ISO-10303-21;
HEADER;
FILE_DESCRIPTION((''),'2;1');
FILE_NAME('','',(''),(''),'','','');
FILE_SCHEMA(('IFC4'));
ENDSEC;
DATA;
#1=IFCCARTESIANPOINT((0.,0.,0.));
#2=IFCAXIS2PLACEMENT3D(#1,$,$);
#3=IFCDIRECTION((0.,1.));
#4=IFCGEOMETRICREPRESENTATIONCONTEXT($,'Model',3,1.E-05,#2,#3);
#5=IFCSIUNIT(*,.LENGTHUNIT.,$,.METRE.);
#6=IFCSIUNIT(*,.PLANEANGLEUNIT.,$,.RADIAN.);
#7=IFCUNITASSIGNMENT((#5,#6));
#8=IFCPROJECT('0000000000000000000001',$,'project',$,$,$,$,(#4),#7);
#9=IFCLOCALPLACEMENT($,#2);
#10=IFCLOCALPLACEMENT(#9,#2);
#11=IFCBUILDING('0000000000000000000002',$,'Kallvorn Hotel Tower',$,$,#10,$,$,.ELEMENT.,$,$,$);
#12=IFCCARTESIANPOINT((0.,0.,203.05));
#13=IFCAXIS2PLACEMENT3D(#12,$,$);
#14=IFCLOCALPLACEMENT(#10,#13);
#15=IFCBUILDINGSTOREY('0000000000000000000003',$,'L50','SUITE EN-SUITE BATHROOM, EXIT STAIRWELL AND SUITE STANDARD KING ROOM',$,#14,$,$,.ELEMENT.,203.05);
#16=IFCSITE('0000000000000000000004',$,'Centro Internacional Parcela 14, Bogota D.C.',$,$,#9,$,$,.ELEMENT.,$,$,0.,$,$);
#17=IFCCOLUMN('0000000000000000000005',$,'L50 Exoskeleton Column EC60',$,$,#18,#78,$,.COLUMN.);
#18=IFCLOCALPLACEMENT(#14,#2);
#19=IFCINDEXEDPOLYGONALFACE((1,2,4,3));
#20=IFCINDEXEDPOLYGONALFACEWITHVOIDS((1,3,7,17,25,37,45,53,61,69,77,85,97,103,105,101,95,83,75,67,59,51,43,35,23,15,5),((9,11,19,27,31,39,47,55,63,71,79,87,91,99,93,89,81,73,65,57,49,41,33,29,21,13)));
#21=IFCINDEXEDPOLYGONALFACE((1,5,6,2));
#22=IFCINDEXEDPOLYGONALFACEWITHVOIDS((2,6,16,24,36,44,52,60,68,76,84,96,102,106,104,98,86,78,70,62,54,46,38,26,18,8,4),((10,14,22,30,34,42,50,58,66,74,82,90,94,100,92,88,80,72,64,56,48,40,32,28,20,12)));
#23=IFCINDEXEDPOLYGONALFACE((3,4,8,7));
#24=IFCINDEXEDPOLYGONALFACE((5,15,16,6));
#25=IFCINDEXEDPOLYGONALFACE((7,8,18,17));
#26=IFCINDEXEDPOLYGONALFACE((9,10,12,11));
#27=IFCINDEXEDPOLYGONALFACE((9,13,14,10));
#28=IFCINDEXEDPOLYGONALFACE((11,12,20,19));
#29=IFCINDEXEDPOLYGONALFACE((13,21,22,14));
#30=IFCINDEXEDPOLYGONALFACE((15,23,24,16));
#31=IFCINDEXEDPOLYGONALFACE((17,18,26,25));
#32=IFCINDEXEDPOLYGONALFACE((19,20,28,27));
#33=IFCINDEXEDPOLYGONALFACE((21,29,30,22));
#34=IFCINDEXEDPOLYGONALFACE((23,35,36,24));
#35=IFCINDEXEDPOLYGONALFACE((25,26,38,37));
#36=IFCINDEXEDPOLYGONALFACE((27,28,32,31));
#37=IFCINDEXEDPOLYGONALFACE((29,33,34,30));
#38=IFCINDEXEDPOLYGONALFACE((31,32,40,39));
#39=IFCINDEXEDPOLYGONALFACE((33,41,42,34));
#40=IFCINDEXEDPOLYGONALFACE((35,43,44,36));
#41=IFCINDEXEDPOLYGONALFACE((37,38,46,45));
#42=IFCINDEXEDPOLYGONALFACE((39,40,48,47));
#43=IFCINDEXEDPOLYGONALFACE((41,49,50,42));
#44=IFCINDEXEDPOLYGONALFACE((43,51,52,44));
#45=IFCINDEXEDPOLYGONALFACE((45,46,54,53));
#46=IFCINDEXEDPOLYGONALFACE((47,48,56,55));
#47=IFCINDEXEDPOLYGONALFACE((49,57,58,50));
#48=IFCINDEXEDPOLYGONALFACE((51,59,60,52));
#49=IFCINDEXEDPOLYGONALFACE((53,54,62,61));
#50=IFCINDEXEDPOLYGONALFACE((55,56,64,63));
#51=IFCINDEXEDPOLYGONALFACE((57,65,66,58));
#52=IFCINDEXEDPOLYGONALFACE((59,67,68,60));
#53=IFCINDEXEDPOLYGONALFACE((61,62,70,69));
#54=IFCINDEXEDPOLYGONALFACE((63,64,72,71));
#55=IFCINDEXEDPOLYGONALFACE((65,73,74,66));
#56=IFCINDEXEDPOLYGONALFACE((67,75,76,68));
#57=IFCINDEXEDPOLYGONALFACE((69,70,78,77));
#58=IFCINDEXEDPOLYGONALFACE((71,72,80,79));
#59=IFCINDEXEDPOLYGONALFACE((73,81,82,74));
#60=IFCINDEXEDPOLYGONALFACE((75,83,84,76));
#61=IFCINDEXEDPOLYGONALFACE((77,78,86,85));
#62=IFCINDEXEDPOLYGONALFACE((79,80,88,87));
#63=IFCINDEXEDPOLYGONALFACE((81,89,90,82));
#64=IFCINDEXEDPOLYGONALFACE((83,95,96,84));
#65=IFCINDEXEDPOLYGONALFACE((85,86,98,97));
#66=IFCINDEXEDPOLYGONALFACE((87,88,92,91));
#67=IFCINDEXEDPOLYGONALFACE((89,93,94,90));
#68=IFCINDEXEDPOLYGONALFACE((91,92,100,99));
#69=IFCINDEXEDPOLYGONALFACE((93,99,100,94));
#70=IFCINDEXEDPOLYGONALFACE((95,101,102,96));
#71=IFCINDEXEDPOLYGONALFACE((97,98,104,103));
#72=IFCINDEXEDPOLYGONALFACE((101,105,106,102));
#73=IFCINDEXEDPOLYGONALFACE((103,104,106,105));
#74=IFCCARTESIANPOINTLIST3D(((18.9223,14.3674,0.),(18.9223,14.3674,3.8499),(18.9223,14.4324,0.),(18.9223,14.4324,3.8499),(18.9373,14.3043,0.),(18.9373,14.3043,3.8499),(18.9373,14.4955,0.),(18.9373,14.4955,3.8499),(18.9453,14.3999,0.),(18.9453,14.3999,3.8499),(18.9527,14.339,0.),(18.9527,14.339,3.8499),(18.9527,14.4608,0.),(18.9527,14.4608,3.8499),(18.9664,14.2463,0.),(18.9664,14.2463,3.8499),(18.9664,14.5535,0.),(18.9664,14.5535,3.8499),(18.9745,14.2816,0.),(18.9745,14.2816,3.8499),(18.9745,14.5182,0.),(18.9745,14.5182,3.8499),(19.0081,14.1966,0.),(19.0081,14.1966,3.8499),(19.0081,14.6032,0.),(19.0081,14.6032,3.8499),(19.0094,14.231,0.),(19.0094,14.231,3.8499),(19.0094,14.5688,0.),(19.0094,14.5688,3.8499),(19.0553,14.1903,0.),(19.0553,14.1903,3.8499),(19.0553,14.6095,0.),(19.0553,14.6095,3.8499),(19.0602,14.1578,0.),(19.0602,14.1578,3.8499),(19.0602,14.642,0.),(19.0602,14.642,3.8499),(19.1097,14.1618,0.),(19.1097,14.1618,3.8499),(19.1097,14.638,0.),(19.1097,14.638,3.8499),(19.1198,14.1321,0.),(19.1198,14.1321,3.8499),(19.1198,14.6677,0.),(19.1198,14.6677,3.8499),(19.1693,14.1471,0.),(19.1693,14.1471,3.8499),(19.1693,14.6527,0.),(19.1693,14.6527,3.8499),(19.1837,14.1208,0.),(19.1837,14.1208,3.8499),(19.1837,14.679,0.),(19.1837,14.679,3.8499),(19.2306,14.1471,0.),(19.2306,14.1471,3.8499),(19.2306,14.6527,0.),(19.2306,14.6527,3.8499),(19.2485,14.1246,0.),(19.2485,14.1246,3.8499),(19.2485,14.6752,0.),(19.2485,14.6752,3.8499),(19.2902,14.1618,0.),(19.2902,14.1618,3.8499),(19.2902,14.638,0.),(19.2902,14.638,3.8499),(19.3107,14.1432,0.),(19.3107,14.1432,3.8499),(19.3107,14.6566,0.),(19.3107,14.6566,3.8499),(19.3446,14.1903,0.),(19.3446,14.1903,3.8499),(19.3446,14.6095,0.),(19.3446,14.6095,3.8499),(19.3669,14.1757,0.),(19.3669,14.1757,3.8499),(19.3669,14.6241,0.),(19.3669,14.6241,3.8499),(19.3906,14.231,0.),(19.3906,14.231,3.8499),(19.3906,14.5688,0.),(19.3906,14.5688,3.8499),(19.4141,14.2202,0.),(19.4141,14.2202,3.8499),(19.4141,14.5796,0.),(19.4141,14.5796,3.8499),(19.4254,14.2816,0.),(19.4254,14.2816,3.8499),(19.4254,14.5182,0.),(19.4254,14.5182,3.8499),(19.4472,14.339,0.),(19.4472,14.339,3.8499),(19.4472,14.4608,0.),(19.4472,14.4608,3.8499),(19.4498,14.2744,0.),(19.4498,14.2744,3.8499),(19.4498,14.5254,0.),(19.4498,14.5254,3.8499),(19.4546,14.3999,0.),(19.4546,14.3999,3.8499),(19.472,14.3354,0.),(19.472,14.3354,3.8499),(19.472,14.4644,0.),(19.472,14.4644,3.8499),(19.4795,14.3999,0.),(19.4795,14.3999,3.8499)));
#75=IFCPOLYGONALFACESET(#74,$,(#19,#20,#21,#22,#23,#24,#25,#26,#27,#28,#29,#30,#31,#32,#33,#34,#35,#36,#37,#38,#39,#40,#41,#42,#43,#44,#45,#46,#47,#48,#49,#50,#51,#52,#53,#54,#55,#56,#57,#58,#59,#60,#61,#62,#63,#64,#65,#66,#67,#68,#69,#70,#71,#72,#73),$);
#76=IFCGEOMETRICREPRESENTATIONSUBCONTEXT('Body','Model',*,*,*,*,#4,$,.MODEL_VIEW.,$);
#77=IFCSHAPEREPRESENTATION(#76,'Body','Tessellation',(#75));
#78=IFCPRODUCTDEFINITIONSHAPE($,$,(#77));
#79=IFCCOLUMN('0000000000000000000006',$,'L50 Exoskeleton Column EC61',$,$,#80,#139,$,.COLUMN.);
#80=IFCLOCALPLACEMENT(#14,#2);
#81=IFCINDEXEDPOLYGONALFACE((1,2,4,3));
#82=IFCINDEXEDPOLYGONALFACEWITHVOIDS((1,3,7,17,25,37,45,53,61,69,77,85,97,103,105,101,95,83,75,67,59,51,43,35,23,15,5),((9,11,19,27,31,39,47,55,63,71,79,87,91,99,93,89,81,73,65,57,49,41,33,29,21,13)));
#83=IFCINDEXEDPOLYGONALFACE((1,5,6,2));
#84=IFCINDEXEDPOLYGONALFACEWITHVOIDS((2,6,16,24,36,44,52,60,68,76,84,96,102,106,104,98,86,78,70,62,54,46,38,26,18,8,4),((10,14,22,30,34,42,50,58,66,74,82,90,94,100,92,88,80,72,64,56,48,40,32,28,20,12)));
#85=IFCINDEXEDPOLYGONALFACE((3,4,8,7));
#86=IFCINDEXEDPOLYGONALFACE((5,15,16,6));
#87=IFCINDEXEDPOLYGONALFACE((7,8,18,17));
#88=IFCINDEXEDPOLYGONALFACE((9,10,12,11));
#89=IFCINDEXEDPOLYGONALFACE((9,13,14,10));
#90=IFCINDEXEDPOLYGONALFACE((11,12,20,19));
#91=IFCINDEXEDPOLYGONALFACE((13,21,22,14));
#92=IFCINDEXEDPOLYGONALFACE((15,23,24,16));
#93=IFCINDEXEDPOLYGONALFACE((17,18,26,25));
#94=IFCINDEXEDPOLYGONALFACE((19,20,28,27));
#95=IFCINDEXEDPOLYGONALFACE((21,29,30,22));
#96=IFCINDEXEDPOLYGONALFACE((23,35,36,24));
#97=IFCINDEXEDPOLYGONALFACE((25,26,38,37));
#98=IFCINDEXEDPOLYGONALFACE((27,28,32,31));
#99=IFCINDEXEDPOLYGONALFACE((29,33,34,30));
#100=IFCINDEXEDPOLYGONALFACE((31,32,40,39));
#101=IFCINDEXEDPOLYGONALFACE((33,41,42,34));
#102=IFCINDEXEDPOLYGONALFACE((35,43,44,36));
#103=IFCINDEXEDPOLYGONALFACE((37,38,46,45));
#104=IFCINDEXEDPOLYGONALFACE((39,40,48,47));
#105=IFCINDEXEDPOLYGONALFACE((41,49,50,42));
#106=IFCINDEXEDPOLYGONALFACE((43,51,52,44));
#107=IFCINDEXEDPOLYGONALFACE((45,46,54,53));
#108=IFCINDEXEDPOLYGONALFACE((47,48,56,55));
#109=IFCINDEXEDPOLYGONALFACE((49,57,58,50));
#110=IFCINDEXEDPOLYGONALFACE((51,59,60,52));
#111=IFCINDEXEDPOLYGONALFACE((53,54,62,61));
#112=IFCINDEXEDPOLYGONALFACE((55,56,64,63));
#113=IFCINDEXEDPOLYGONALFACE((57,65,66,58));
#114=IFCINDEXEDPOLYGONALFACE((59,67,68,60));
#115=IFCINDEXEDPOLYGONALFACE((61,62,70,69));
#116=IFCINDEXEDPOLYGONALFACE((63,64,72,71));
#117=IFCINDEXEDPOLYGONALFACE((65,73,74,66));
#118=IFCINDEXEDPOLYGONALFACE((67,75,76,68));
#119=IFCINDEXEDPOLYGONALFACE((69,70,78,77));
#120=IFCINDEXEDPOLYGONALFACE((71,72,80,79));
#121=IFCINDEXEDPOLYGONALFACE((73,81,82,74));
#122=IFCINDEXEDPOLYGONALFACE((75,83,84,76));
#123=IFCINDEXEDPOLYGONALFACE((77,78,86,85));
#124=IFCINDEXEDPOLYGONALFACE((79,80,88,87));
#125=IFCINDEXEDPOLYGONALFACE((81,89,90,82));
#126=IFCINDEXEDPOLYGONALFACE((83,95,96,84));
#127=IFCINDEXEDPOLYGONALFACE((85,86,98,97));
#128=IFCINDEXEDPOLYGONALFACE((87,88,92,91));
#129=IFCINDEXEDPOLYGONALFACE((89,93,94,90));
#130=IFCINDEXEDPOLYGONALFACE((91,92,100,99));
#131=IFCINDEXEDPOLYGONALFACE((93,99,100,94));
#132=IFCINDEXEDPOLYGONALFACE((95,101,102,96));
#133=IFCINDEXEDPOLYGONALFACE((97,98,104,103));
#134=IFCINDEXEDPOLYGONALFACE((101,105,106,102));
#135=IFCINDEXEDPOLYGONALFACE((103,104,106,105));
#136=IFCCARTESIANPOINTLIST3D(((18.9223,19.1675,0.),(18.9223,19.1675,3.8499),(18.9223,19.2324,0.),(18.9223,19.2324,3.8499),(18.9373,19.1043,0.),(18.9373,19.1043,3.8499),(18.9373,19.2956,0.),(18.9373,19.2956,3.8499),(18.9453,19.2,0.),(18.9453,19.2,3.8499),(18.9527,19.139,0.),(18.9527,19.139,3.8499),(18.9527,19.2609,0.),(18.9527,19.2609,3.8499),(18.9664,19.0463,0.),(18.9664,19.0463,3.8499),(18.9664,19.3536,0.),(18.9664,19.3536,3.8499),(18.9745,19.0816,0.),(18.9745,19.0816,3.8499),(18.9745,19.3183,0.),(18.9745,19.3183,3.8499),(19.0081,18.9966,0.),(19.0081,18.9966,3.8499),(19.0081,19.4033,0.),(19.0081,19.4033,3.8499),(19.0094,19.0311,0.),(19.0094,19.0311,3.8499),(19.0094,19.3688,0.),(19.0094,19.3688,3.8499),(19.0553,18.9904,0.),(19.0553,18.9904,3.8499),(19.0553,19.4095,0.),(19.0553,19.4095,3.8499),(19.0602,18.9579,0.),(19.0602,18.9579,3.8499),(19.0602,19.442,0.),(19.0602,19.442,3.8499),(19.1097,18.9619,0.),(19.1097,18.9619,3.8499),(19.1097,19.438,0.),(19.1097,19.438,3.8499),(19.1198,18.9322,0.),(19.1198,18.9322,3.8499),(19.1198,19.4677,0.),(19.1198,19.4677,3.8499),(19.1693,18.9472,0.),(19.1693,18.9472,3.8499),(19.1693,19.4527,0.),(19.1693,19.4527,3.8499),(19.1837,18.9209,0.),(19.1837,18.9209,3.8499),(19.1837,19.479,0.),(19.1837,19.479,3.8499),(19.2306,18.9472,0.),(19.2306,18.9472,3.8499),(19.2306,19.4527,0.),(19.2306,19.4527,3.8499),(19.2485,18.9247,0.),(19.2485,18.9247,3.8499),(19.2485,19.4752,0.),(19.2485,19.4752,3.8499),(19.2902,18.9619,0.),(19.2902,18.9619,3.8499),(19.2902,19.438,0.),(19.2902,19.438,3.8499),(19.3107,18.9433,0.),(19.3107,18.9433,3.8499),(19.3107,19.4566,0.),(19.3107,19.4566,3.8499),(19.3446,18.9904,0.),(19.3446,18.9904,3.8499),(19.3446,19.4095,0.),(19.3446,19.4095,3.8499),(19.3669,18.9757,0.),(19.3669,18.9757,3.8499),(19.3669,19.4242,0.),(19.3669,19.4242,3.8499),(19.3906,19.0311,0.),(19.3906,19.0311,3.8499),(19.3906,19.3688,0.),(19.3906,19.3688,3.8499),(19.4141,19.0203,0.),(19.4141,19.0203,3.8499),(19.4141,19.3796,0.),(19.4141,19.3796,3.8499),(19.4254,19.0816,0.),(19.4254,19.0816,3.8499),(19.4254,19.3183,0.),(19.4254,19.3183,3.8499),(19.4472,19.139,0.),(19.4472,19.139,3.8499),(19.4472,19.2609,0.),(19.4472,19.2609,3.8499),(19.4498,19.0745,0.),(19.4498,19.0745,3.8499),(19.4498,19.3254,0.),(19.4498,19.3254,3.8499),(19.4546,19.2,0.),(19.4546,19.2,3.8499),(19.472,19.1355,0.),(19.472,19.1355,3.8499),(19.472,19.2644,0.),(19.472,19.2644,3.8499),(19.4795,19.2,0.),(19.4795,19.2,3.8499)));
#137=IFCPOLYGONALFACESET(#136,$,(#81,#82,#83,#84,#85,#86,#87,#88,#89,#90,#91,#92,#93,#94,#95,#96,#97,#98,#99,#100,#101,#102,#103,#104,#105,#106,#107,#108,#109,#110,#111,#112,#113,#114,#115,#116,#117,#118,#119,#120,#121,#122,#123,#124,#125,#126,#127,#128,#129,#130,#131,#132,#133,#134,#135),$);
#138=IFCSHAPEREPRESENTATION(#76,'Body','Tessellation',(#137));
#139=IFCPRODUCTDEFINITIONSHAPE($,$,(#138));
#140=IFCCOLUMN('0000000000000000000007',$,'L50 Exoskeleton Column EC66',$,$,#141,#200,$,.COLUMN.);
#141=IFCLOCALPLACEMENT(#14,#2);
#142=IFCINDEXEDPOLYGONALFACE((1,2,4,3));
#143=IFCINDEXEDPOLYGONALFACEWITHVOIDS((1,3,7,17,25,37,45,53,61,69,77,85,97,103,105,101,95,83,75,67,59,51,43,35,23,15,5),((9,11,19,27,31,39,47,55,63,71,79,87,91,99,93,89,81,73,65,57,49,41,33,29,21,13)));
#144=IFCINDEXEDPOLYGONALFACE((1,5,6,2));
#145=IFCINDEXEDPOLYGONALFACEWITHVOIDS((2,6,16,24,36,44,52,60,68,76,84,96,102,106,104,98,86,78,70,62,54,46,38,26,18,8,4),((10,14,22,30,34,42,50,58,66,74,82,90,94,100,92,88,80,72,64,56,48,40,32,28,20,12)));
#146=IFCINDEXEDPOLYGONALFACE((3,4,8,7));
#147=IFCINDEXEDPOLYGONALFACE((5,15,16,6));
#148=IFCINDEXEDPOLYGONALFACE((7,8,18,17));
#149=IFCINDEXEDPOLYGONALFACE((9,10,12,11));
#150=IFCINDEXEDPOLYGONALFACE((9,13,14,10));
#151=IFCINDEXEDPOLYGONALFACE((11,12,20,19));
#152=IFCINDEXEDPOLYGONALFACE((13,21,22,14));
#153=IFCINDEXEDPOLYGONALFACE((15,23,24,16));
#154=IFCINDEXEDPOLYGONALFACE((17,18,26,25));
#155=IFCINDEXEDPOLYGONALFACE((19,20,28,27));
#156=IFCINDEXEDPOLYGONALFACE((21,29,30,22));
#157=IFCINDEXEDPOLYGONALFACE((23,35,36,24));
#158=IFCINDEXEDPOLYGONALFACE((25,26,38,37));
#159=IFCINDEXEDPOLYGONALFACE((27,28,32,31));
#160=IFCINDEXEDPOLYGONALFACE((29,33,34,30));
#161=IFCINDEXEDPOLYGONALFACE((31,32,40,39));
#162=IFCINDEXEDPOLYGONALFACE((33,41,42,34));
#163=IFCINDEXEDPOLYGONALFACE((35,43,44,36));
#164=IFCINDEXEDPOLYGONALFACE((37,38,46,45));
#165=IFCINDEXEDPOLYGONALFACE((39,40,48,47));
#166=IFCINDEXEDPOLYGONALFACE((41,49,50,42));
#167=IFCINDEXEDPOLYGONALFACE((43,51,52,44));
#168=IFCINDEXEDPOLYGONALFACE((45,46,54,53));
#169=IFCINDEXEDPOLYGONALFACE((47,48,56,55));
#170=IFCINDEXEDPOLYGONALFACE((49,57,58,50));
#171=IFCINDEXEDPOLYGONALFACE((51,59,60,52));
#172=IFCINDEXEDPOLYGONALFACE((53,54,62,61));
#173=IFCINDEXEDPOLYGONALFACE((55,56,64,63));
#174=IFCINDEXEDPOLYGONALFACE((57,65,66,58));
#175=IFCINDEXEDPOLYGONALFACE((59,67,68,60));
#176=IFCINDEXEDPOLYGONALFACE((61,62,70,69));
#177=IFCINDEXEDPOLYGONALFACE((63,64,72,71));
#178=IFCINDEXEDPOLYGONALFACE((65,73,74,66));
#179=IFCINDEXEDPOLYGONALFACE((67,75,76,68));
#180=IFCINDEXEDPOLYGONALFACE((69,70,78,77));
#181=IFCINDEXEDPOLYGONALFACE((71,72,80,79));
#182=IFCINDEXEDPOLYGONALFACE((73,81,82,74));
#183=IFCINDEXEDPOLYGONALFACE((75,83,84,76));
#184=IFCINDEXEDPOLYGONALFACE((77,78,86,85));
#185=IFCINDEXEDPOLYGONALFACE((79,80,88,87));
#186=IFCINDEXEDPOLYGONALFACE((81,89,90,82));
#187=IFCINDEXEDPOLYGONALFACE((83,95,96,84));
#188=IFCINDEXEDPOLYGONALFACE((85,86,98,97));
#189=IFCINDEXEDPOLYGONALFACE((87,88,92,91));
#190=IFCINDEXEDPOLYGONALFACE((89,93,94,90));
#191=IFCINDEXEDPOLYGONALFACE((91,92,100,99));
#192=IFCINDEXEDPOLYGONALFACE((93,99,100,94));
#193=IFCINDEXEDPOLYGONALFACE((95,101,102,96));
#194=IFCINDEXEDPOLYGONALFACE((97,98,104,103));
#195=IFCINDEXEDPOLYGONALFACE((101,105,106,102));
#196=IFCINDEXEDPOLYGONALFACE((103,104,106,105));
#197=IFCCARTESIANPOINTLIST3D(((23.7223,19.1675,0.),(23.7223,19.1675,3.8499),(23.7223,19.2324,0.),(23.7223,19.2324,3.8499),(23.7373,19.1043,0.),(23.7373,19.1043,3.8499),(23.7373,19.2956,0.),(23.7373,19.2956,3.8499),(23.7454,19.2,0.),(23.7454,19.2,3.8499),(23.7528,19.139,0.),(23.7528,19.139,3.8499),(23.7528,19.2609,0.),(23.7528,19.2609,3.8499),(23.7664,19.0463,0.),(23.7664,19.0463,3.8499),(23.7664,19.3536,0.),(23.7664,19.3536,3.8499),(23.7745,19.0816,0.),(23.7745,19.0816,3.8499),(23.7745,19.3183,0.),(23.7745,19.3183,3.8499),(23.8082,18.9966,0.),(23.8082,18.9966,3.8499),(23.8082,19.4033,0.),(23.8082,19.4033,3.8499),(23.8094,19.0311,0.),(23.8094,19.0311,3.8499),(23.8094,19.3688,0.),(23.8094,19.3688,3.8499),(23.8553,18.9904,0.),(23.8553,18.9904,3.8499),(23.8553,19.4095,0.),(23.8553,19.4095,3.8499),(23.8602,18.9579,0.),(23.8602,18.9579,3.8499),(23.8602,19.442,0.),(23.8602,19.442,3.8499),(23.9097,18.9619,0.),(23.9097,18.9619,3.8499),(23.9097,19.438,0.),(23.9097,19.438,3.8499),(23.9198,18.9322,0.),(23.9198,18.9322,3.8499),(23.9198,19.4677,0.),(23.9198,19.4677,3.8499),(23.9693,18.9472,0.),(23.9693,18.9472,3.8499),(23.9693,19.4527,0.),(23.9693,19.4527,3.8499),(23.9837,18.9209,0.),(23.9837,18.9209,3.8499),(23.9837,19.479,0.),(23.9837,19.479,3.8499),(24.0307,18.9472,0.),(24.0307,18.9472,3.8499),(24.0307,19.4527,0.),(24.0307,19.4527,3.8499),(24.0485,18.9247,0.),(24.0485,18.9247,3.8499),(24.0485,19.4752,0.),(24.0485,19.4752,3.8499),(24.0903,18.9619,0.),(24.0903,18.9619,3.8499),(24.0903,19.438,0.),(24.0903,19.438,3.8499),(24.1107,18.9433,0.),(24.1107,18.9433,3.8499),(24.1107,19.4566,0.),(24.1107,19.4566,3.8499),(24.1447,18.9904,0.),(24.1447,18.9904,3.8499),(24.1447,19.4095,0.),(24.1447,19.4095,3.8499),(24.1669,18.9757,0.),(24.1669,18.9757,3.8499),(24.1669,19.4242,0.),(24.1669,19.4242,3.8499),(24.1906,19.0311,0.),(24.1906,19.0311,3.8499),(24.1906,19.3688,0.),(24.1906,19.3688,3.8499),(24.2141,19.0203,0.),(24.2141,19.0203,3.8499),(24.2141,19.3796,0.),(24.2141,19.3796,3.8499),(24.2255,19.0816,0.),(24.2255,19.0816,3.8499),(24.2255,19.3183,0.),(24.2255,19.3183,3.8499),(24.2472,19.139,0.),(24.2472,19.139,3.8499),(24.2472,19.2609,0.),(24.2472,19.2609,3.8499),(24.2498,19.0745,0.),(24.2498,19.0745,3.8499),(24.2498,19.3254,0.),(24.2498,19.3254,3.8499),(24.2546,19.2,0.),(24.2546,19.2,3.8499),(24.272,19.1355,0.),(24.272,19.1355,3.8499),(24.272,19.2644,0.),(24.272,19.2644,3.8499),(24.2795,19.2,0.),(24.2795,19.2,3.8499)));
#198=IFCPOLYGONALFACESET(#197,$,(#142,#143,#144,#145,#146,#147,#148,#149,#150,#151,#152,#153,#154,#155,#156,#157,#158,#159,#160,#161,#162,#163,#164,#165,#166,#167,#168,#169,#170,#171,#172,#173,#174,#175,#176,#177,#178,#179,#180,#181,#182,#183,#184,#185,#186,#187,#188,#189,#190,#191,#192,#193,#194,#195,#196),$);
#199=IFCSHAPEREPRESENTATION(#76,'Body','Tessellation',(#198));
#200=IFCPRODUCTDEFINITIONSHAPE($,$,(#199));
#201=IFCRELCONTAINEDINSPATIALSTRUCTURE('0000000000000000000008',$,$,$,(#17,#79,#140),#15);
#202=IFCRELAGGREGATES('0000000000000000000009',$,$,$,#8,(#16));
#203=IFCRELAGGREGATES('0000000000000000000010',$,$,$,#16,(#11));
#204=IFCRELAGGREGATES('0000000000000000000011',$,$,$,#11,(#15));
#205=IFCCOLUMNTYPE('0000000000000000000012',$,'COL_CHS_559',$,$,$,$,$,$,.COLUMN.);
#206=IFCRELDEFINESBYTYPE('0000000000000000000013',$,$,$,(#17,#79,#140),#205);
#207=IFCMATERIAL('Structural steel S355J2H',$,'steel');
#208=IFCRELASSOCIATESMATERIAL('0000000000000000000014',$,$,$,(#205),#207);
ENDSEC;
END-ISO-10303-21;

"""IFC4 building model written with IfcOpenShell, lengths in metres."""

from ifc_helpers import new_model, si_unit, direction, frame, origin, origin_2d, place, context, subcontext, project, spatial, hollow_circle, extrude, material, material_profile, profile_set, type_object, element, save


model = new_model("IFC4")

# Units and contexts
model_context = context("Model", 3, precision=1e-05, world=origin(), true_north=direction((0.0, 1.0)))
body_context = subcontext(model_context, "Body", "Model", "MODEL_VIEW")
ifc_project = project(units=[si_unit("LENGTHUNIT", "METRE"), si_unit("PLANEANGLEUNIT", "RADIAN")], contexts=[model_context])

# Site, building, storey
site_placement = place(None, origin())
site = spatial("IfcSite", under=ifc_project, at=site_placement, Name="Centro Internacional Parcela 14, Bogota D.C.", CompositionType="ELEMENT", RefElevation=0.0)
building_placement = place(site_placement, origin())
building = spatial("IfcBuilding", under=site, at=building_placement, Name="Kallvorn Hotel Tower", CompositionType="ELEMENT")
storey_placement = place(building_placement, frame((0.0, 0.0, 203.05)))
storey = spatial("IfcBuildingStorey", under=building, at=storey_placement, Name="L50", Description="SUITE EN-SUITE BATHROOM, EXIT STAIRWELL AND SUITE STANDARD KING ROOM", CompositionType="ELEMENT", Elevation=203.05)

# Columns
ifc_material_1 = material(Name="Structural steel S355J2H", Category="steel")
ifc_material_profile_1 = material_profile(ifc_material_1, hollow_circle(Radius=0.2795, WallThickness=0.0249, at=origin_2d()), Name="CHS 559x25")
ifc_profile_set_1 = profile_set([ifc_material_profile_1], Name="Structural steel S355J2H")
column_type_1 = type_object("IfcColumnType", Name="COL_CHS_559", PredefinedType="COLUMN", material=ifc_profile_set_1)
for number, where, z_axis, x_axis, name in (
    (1, (19.2, 14.3999, 0.0), (0.0, 0.0, 1.0), (1.0, 0.0, 0.0), "L50 Exoskeleton Column EC60"),
    (2, (19.2, 19.2, 0.0), (0.0, 0.0, 1.0), (1.0, 0.0, 0.0), "L50 Exoskeleton Column EC61"),
    (3, (24.0, 19.2, 0.0), (0.0, 0.0, 1.0), (1.0, 0.0, 0.0), "L50 Exoskeleton Column EC66"),
):
    element("IfcColumn", number, at=place(storey_placement, frame(where, z_axis=z_axis, x_axis=x_axis)), inside=storey, type_object=column_type_1, Name=name, PredefinedType="COLUMN", context=body_context, shape_type="SweptSolid", body=[
        extrude(hollow_circle(Radius=0.2795, WallThickness=0.0249, at=origin_2d()), origin(), (0.0, 0.0, 1.0), 3.8499),
    ])

save(model, "model.ifc")
